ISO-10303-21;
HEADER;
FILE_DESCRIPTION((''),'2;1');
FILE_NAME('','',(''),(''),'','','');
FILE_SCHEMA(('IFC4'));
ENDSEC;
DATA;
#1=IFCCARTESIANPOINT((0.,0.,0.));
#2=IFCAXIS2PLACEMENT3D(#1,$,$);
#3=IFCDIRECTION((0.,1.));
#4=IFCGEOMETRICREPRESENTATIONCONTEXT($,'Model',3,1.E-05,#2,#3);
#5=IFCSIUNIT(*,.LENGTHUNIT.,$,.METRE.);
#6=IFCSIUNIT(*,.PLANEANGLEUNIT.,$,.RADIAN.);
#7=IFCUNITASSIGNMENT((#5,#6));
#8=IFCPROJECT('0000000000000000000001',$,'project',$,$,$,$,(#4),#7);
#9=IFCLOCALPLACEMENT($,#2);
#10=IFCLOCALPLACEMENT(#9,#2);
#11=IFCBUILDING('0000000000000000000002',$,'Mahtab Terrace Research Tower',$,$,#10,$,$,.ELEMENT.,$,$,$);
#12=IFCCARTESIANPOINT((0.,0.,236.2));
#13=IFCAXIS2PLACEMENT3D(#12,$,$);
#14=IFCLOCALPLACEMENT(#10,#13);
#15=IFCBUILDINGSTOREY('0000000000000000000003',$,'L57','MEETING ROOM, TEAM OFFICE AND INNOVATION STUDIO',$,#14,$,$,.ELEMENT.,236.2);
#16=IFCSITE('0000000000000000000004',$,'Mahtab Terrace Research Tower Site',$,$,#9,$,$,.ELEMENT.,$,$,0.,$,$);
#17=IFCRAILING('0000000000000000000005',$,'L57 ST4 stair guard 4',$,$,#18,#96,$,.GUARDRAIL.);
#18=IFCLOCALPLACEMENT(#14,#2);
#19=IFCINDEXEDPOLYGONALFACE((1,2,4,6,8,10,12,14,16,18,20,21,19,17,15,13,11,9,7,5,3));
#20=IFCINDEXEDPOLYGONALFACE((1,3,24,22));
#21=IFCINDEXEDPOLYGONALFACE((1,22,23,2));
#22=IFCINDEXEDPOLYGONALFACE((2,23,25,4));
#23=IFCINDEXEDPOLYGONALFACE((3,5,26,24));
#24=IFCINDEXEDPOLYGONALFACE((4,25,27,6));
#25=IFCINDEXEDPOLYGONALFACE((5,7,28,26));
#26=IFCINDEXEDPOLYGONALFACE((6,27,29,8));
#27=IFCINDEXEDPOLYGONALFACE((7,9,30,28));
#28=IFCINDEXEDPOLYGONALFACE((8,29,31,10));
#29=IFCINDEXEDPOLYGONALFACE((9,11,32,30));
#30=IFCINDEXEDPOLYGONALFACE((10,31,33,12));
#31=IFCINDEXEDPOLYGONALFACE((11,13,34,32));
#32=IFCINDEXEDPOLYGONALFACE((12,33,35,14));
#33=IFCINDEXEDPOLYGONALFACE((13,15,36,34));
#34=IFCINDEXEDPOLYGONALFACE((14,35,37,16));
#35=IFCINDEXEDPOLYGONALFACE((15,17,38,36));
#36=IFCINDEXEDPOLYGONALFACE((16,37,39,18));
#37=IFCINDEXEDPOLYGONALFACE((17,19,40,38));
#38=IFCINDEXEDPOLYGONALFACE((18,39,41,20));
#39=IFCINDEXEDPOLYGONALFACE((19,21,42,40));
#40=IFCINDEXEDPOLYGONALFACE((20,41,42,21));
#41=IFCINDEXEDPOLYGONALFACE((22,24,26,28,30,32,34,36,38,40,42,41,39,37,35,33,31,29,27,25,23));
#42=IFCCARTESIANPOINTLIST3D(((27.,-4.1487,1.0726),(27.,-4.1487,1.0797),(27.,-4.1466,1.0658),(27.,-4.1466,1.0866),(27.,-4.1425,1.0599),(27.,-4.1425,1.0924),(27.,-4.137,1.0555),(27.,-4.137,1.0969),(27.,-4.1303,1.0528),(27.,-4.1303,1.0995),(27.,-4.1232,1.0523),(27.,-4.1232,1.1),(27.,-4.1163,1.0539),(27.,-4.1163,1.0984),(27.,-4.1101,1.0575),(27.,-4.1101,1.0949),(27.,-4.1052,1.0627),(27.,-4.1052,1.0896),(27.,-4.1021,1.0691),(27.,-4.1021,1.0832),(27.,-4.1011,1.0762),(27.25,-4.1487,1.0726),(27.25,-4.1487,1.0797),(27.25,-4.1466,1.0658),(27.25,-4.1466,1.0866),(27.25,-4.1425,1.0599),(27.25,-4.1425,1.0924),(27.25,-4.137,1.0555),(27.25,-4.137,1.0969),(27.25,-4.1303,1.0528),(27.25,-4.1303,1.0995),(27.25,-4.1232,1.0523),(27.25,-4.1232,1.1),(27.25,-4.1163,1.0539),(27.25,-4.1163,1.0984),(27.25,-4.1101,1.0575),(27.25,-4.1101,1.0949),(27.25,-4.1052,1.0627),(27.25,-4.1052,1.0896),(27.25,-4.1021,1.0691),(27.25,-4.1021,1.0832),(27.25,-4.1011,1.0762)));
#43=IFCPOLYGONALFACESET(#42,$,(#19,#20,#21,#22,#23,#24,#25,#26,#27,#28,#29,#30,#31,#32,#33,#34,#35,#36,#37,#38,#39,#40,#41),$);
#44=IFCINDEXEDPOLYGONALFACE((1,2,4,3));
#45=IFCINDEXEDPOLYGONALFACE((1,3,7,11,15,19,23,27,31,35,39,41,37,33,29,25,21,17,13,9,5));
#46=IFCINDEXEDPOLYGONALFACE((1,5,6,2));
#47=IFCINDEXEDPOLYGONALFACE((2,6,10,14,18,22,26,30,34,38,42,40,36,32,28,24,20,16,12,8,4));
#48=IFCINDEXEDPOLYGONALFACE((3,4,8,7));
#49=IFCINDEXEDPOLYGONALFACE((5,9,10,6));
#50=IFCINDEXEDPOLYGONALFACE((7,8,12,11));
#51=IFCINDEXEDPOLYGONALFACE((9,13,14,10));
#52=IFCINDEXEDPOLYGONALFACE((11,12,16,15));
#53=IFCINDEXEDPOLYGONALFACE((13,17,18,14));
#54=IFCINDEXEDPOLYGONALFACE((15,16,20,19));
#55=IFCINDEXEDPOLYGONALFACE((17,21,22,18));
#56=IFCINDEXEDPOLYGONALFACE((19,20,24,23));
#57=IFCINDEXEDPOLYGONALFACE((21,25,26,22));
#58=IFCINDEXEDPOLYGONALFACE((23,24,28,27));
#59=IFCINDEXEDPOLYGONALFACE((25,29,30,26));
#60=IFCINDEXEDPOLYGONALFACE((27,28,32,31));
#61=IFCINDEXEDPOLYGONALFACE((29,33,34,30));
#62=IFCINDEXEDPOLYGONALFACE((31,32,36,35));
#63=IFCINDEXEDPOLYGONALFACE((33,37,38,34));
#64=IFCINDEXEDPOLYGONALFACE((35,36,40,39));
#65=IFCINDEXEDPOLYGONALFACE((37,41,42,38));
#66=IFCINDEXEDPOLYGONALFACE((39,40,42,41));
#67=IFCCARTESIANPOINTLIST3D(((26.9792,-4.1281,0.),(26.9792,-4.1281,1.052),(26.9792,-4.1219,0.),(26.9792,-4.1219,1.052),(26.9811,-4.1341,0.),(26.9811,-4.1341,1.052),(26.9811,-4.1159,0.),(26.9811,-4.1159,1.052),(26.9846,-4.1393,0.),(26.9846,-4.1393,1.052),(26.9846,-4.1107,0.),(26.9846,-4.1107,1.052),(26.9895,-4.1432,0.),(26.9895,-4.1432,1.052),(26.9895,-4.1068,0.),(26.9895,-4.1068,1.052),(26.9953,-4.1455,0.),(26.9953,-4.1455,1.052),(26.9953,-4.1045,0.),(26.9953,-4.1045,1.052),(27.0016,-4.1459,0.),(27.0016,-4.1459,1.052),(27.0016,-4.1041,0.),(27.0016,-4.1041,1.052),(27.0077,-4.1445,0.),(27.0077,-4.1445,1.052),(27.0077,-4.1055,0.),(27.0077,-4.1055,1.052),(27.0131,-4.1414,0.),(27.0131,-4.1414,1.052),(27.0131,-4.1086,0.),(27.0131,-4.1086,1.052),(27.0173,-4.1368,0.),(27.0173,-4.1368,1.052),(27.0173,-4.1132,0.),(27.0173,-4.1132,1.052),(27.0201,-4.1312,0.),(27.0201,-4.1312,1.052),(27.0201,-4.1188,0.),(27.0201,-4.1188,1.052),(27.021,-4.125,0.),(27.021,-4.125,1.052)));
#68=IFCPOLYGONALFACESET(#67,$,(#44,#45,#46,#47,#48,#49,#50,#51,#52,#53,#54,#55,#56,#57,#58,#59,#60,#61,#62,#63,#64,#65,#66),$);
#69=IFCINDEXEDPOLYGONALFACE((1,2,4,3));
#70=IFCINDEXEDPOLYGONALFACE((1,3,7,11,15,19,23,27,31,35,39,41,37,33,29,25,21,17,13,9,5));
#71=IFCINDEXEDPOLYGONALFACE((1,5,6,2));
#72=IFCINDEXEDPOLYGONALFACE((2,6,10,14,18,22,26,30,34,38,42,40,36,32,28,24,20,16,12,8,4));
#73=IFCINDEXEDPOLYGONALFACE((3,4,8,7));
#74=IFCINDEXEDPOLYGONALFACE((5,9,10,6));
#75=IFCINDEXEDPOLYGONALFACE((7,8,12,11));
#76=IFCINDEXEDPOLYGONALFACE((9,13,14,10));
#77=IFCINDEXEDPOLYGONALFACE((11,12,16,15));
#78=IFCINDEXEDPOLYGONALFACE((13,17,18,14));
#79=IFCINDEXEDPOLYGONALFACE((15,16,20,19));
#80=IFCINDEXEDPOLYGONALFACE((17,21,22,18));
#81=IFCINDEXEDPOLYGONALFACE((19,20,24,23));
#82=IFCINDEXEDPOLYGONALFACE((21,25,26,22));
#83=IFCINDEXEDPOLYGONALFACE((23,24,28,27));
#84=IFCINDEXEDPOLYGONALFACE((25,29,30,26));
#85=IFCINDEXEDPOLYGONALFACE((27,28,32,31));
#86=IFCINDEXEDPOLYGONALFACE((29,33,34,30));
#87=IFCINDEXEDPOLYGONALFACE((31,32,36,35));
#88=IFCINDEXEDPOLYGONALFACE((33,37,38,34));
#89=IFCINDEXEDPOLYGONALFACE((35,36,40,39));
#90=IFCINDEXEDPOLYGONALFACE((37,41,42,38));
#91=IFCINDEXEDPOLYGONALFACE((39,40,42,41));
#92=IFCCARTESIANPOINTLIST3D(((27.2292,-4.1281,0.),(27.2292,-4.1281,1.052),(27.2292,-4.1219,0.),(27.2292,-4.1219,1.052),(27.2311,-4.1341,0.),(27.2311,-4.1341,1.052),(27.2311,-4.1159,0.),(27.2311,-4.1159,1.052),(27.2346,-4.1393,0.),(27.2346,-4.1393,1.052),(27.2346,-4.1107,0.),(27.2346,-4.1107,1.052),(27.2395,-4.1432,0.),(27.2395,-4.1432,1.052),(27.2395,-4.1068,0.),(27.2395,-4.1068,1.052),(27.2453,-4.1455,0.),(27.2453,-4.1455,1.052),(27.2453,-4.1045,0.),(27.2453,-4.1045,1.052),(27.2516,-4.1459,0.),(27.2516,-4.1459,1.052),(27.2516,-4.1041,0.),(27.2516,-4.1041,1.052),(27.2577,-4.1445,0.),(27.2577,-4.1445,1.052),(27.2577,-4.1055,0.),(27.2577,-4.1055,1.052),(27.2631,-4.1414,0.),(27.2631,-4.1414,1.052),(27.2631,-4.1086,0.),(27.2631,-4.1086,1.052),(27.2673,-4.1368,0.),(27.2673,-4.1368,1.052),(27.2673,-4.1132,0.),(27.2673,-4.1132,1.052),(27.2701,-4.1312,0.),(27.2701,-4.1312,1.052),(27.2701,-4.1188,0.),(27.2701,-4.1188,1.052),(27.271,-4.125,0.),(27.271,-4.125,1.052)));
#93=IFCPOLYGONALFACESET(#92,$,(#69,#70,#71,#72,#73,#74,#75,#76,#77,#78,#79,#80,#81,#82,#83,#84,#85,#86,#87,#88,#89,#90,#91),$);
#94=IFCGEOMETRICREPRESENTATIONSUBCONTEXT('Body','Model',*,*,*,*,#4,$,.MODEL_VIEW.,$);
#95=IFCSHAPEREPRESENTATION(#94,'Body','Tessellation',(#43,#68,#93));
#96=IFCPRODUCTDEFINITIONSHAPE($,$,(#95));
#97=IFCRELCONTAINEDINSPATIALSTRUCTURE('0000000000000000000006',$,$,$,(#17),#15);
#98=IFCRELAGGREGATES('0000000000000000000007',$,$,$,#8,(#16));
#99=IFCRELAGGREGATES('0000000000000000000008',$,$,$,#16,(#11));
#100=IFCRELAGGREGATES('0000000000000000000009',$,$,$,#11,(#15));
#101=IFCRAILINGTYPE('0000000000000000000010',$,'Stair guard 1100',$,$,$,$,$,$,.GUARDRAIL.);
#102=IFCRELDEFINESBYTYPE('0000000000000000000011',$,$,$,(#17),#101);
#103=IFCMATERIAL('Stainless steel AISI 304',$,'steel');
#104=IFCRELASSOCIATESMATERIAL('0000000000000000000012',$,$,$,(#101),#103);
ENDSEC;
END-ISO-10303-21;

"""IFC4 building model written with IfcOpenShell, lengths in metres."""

from ifc_helpers import new_model, si_unit, direction, frame, origin, origin_2d, place, context, subcontext, project, spatial, circle, extrude, material, type_object, element, save


model = new_model("IFC4")

# Units and contexts
model_context = context("Model", 3, precision=1e-05, world=origin(), true_north=direction((0.0, 1.0)))
body_context = subcontext(model_context, "Body", "Model", "MODEL_VIEW")
ifc_project = project(units=[si_unit("LENGTHUNIT", "METRE"), si_unit("PLANEANGLEUNIT", "RADIAN")], contexts=[model_context])

# Site, building, storey
site_placement = place(None, origin())
site = spatial("IfcSite", under=ifc_project, at=site_placement, Name="Mahtab Terrace Research Tower Site", CompositionType="ELEMENT", RefElevation=0.0)
building_placement = place(site_placement, origin())
building = spatial("IfcBuilding", under=site, at=building_placement, Name="Mahtab Terrace Research Tower", CompositionType="ELEMENT")
storey_placement = place(building_placement, frame((0.0, 0.0, 236.2)))
storey = spatial("IfcBuildingStorey", under=building, at=storey_placement, Name="L57", Description="MEETING ROOM, TEAM OFFICE AND INNOVATION STUDIO", CompositionType="ELEMENT", Elevation=236.2)

# Shared definitions
ifc_material_1 = material(Name="Stainless steel AISI 304", Category="steel")

# Railing
railing_type_1 = type_object("IfcRailingType", Name="Stair guard 1100", PredefinedType="GUARDRAIL", material=ifc_material_1)
railing_1_placement = place(storey_placement, frame((27.0, -4.125, 0.0)))
element("IfcRailing", 1, at=railing_1_placement, inside=storey, type_object=railing_type_1, Name="L57 ST4 stair guard 4", PredefinedType="GUARDRAIL", context=body_context, shape_type="SweptSolid", body=[
    extrude(circle(Radius=0.0239, at=origin_2d()), frame((0.0, 0.0, 1.0762), z_axis=(1.0, 0.0, 0.0), x_axis=(0.0, 1.0, 0.0)), (0.0, 0.0, 1.0), 0.25),
    extrude(circle(Radius=0.021, at=origin_2d()), origin(), (0.0, 0.0, 1.0), 1.052),
    extrude(circle(Radius=0.021, at=origin_2d()), frame((0.25, 0.0, 0.0)), (0.0, 0.0, 1.0), 1.052),
])

save(model, "model.ifc")
